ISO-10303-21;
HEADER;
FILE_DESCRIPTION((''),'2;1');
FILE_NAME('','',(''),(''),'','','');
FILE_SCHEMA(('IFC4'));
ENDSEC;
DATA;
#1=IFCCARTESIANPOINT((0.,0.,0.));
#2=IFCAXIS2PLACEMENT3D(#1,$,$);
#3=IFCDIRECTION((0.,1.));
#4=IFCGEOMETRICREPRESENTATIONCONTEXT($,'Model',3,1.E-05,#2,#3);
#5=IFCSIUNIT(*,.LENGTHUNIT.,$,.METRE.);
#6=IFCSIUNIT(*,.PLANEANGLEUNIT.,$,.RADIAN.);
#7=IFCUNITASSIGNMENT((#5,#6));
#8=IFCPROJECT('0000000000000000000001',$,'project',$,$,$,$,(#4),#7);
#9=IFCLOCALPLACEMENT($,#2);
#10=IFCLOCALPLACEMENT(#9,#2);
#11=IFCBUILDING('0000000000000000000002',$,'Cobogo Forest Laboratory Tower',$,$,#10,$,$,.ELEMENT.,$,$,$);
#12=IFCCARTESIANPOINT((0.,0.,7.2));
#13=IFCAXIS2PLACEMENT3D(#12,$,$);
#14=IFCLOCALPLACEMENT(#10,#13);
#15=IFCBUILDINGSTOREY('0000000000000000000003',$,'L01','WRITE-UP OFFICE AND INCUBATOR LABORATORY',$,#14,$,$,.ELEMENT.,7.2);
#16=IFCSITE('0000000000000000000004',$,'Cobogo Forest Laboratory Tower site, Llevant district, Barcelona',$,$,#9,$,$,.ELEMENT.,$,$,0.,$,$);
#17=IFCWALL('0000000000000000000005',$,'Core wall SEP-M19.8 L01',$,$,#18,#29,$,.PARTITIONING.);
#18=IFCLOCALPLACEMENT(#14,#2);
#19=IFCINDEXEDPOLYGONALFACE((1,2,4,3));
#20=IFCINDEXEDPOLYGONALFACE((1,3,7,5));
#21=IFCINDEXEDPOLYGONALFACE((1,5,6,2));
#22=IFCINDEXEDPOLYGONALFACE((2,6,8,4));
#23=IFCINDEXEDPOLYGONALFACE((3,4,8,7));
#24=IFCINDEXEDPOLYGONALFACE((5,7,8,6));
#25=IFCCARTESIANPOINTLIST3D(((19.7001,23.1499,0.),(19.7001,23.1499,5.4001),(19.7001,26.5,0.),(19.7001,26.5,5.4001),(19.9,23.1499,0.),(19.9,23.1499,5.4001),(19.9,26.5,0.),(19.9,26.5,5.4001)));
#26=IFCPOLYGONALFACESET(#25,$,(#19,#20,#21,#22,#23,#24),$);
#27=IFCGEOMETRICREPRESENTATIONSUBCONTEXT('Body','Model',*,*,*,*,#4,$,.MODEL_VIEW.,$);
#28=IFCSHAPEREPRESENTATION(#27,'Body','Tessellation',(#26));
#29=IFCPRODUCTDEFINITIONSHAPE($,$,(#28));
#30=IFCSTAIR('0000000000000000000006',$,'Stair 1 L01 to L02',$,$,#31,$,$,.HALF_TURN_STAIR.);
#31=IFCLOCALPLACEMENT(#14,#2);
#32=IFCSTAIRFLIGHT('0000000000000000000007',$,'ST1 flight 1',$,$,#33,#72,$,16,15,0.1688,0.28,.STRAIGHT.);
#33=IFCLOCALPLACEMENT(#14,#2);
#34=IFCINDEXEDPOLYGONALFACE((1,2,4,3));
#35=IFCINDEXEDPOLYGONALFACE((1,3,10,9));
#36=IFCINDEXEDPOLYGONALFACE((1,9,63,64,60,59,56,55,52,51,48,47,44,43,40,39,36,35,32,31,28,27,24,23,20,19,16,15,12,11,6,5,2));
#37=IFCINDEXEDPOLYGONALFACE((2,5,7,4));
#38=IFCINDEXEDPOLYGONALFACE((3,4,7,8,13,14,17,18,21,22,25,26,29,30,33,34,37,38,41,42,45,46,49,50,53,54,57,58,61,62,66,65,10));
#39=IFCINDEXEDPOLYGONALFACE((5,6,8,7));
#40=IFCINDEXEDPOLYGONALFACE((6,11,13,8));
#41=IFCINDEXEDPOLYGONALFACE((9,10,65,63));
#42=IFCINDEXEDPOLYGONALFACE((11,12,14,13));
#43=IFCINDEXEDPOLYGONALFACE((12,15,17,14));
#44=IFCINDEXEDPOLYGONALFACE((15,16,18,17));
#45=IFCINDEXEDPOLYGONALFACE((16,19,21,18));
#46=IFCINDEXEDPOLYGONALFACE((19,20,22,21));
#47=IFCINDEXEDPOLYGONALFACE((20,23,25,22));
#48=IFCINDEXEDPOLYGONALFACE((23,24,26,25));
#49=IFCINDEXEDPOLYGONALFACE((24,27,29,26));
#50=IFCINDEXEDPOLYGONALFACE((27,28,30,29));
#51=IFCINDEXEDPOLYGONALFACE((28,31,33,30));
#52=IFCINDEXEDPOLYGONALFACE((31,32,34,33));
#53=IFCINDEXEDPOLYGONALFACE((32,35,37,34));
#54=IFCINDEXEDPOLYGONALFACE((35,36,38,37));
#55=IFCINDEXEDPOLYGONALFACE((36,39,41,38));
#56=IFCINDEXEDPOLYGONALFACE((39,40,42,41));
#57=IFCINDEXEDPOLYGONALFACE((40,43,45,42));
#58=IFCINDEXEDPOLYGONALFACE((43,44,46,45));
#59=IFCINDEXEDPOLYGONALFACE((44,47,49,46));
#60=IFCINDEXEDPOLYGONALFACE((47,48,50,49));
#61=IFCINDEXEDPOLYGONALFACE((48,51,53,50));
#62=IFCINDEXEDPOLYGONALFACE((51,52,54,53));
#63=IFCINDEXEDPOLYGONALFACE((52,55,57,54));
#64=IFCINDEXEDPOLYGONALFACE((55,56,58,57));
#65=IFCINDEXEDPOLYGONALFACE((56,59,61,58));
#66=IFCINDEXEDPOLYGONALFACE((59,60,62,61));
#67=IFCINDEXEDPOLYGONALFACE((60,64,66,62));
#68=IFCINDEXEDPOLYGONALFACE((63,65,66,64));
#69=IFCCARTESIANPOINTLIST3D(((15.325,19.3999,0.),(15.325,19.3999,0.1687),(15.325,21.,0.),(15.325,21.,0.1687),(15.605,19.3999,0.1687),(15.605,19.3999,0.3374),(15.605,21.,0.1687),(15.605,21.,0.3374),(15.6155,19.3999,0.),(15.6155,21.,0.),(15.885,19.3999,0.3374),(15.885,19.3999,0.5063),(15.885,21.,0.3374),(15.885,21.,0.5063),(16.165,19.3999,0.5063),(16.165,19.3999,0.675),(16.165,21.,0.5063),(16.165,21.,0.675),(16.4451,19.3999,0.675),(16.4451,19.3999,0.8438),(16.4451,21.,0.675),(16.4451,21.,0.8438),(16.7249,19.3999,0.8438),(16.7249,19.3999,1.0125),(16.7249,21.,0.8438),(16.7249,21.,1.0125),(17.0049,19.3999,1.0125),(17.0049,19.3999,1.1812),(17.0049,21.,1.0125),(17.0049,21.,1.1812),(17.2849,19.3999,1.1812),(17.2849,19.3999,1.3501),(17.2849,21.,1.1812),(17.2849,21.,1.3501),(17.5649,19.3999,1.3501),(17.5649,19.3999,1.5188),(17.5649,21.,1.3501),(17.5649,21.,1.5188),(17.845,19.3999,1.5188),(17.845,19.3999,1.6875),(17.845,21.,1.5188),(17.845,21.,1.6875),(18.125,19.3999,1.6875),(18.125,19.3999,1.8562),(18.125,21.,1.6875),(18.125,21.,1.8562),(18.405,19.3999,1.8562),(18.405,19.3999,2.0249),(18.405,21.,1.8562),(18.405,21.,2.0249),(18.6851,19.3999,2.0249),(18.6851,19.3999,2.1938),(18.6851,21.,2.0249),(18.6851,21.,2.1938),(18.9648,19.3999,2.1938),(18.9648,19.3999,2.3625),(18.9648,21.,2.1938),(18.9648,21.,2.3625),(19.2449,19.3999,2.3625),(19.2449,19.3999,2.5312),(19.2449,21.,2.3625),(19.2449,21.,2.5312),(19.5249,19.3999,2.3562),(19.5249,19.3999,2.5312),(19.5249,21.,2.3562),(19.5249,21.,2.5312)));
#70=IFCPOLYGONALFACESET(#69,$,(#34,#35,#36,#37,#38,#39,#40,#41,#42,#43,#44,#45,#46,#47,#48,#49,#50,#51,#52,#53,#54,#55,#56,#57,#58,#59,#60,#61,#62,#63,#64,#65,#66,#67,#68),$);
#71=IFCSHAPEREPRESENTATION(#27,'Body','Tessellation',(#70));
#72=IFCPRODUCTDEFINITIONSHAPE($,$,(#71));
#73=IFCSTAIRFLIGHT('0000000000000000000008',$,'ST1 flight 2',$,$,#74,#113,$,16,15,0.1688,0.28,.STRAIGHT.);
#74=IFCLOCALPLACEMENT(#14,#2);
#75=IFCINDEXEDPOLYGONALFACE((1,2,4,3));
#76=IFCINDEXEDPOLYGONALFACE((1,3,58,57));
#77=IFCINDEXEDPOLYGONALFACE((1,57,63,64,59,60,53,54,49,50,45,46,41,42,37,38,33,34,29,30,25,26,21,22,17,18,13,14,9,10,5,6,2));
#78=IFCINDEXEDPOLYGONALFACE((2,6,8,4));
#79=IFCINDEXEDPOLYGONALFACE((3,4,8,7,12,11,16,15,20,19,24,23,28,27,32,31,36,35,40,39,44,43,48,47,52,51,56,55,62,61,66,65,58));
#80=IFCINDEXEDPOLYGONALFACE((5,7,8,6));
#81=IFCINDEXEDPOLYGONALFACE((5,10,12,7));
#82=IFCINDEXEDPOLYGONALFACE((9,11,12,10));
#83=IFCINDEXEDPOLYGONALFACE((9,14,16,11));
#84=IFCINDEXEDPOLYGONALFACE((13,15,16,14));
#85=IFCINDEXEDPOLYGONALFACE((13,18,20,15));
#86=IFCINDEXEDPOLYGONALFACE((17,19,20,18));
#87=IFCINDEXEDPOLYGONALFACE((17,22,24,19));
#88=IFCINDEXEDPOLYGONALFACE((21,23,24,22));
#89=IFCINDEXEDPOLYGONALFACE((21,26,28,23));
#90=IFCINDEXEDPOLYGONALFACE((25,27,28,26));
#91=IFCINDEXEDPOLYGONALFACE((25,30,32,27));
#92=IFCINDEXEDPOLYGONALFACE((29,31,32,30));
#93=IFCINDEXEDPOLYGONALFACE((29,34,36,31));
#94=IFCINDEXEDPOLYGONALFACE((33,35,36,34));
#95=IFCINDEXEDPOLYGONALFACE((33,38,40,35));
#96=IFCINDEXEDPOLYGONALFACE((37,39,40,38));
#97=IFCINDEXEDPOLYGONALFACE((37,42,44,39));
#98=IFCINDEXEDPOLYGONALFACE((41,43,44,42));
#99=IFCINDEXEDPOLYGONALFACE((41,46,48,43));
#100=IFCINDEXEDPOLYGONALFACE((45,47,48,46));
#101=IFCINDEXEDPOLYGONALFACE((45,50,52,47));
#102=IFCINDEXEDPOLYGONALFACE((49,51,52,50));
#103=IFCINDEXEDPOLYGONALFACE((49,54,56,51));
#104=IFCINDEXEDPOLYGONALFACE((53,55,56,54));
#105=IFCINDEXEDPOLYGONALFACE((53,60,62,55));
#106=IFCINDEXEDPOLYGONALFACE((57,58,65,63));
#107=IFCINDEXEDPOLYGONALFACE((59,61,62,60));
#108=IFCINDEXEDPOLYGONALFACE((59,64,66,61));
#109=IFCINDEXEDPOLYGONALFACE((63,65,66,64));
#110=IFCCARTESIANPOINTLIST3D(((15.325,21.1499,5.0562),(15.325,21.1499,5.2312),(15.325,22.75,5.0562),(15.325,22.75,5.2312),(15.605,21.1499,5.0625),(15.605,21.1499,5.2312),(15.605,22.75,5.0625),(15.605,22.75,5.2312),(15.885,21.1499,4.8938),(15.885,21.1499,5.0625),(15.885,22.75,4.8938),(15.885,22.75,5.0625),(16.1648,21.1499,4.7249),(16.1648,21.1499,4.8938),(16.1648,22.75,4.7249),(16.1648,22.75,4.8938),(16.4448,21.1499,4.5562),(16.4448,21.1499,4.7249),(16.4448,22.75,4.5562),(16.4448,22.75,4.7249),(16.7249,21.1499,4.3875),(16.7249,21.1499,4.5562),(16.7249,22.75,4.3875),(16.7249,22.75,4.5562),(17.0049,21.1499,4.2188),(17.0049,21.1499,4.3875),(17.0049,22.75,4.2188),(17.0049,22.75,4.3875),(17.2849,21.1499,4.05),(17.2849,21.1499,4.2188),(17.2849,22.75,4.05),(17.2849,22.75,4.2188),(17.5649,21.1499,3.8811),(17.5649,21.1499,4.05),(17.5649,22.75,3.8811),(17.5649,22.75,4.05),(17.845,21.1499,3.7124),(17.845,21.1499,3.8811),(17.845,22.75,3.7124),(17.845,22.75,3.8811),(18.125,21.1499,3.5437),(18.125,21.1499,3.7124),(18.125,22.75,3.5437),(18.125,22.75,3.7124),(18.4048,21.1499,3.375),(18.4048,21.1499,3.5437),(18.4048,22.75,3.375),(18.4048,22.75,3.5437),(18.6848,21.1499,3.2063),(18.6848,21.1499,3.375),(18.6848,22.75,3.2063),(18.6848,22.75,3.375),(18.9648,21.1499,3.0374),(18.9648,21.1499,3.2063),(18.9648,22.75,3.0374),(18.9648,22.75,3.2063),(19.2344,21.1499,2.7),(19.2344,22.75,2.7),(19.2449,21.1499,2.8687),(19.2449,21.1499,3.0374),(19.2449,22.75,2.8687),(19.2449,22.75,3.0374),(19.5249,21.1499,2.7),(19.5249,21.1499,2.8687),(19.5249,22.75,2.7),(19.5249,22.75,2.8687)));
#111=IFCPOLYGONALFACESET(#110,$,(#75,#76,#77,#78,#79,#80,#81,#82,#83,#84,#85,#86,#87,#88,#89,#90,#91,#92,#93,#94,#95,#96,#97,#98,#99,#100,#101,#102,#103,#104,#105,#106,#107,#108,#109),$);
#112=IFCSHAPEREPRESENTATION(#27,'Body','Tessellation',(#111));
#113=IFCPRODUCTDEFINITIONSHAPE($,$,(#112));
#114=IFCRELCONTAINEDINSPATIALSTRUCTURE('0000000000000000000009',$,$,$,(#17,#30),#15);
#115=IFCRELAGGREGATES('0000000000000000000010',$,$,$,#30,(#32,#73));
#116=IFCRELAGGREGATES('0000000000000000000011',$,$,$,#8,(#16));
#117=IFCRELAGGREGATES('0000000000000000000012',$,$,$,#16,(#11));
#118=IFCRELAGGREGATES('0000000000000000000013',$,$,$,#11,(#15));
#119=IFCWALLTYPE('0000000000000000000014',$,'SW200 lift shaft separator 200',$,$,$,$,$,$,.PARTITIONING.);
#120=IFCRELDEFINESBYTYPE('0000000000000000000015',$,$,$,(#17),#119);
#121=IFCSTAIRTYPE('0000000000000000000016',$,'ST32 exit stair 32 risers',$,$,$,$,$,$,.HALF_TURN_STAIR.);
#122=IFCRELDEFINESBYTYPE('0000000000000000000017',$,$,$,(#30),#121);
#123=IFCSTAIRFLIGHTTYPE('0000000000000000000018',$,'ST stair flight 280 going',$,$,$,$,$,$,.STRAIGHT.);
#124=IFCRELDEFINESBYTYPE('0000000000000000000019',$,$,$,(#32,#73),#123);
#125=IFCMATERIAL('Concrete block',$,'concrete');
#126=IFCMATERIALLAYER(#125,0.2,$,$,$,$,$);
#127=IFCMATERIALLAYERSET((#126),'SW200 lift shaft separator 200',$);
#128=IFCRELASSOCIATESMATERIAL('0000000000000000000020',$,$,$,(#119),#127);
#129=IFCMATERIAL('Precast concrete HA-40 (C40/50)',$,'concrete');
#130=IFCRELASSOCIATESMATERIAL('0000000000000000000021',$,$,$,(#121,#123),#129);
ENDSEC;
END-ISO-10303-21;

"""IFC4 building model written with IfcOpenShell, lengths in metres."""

from ifc_helpers import new_model, si_unit, direction, frame, frame_2d, origin, place, context, subcontext, project, spatial, polyline, rectangle, outline, extrude, material, layer, layer_set, type_object, element, aggregate, save


model = new_model("IFC4")

# Units and contexts
model_context = context("Model", 3, precision=1e-05, world=origin(), true_north=direction((0.0, 1.0)))
body_context = subcontext(model_context, "Body", "Model", "MODEL_VIEW")
ifc_project = project(units=[si_unit("LENGTHUNIT", "METRE"), si_unit("PLANEANGLEUNIT", "RADIAN")], contexts=[model_context])

# Site, building, storey
site_placement = place(None, origin())
site = spatial("IfcSite", under=ifc_project, at=site_placement, Name="Cobogo Forest Laboratory Tower site, Llevant district, Barcelona", CompositionType="ELEMENT", RefElevation=0.0)
building_placement = place(site_placement, origin())
building = spatial("IfcBuilding", under=site, at=building_placement, Name="Cobogo Forest Laboratory Tower", CompositionType="ELEMENT")
storey_placement = place(building_placement, frame((0.0, 0.0, 7.2)))
storey = spatial("IfcBuildingStorey", under=building, at=storey_placement, Name="L01", Description="WRITE-UP OFFICE AND INCUBATOR LABORATORY", CompositionType="ELEMENT", Elevation=7.2)

# Wall
ifc_material_1 = material(Name="Concrete block", Category="concrete")
ifc_layer_1 = layer(ifc_material_1, 0.2)
ifc_layer_set_1 = layer_set([ifc_layer_1], Name="SW200 lift shaft separator 200")
wall_type_1 = type_object("IfcWallType", Name="SW200 lift shaft separator 200", PredefinedType="PARTITIONING", material=ifc_layer_set_1)
wall_1_placement = place(storey_placement, frame((19.8, 23.1499, 0.0), z_axis=(0.0, 0.0, 1.0), x_axis=(0.0, 1.0, 0.0)))
element("IfcWall", 1, at=wall_1_placement, inside=storey, type_object=wall_type_1, Name="Core wall SEP-M19.8 L01", PredefinedType="PARTITIONING", context=body_context, shape_type="SweptSolid", body=[
    extrude(rectangle(XDim=3.3501, YDim=0.2, at=frame_2d((1.675, 0.0))), origin(), (0.0, 0.0, 1.0), 5.4001),
])

# Stair, stair flights
ifc_material_2 = material(Name="Precast concrete HA-40 (C40/50)", Category="concrete")
stair_type = type_object("IfcStairType", Name="ST32 exit stair 32 risers", PredefinedType="HALF_TURN_STAIR", material=ifc_material_2)
stair_placement = place(storey_placement, origin())
stair = element("IfcStair", 2, at=stair_placement, inside=storey, type_object=stair_type, Name="Stair 1 L01 to L02", PredefinedType="HALF_TURN_STAIR")
stair_flight_type = type_object("IfcStairFlightType", Name="ST stair flight 280 going", PredefinedType="STRAIGHT", material=ifc_material_2)
stair_flight_1_placement = place(storey_placement, frame((15.325, 20.2, 0.0), z_axis=(0.0, 0.0, 1.0), x_axis=(1.0, 0.0, 0.0)))
stair_flight_1 = element("IfcStairFlight", 3, at=stair_flight_1_placement, type_object=stair_flight_type, Name="ST1 flight 1", NumberOfRisers=16, NumberOfTreads=15, PredefinedType="STRAIGHT", RiserHeight=0.1688, TreadLength=0.28, context=body_context, shape_type="SweptSolid", body=[
    extrude(outline(polyline([(0.0, 0.0), (0.0, 0.1687), (0.28, 0.1687), (0.28, 0.3374), (0.5601, 0.3374), (0.5601, 0.5063), (0.8401, 0.5063), (0.8401, 0.675), (1.1201, 0.675), (1.1201, 0.8438), (1.3999, 0.8438), (1.3999, 1.0125), (1.6799, 1.0125), (1.6799, 1.1812), (1.96, 1.1812), (1.96, 1.3501), (2.24, 1.3501), (2.24, 1.5188), (2.52, 1.5188), (2.52, 1.6875), (2.8, 1.6875), (2.8, 1.8562), (3.0801, 1.8562), (3.0801, 2.0249), (3.3601, 2.0249), (3.3601, 2.1938), (3.6399, 2.1938), (3.6399, 2.3625), (3.9199, 2.3625), (3.9199, 2.5312), (4.2, 2.5312), (4.2, 2.7), (4.2, 2.3562), (0.2905, 0.0), (0.0, 0.0)])), frame((0.0, 0.8, 0.0), z_axis=(0.0, -1.0, 0.0), x_axis=(1.0, 0.0, 0.0)), (0.0, 0.0, 1.0), 1.6001),
])
stair_flight_2_placement = place(storey_placement, frame((19.5249, 21.95, 2.7), z_axis=(0.0, 0.0, 1.0), x_axis=(-1.0, 0.0, 0.0)))
stair_flight_2 = element("IfcStairFlight", 4, at=stair_flight_2_placement, type_object=stair_flight_type, Name="ST1 flight 2", NumberOfRisers=16, NumberOfTreads=15, PredefinedType="STRAIGHT", RiserHeight=0.1688, TreadLength=0.28, context=body_context, shape_type="SweptSolid", body=[
    extrude(outline(polyline([(0.0, 0.0), (0.0, 0.1687), (0.28, 0.1687), (0.28, 0.3374), (0.5601, 0.3374), (0.5601, 0.5063), (0.8401, 0.5063), (0.8401, 0.675), (1.1201, 0.675), (1.1201, 0.8438), (1.3999, 0.8438), (1.3999, 1.0125), (1.6799, 1.0125), (1.6799, 1.1812), (1.96, 1.1812), (1.96, 1.3501), (2.24, 1.3501), (2.24, 1.5188), (2.52, 1.5188), (2.52, 1.6875), (2.8, 1.6875), (2.8, 1.8562), (3.0801, 1.8562), (3.0801, 2.0249), (3.3601, 2.0249), (3.3601, 2.1938), (3.6399, 2.1938), (3.6399, 2.3625), (3.9199, 2.3625), (3.9199, 2.5312), (4.2, 2.5312), (4.2, 2.7), (4.2, 2.3562), (0.2905, 0.0), (0.0, 0.0)])), frame((0.0, 0.8, 0.0), z_axis=(0.0, -1.0, 0.0), x_axis=(1.0, 0.0, 0.0)), (0.0, 0.0, 1.0), 1.6001),
])
aggregate(stair, [stair_flight_1, stair_flight_2])

save(model, "model.ifc")
